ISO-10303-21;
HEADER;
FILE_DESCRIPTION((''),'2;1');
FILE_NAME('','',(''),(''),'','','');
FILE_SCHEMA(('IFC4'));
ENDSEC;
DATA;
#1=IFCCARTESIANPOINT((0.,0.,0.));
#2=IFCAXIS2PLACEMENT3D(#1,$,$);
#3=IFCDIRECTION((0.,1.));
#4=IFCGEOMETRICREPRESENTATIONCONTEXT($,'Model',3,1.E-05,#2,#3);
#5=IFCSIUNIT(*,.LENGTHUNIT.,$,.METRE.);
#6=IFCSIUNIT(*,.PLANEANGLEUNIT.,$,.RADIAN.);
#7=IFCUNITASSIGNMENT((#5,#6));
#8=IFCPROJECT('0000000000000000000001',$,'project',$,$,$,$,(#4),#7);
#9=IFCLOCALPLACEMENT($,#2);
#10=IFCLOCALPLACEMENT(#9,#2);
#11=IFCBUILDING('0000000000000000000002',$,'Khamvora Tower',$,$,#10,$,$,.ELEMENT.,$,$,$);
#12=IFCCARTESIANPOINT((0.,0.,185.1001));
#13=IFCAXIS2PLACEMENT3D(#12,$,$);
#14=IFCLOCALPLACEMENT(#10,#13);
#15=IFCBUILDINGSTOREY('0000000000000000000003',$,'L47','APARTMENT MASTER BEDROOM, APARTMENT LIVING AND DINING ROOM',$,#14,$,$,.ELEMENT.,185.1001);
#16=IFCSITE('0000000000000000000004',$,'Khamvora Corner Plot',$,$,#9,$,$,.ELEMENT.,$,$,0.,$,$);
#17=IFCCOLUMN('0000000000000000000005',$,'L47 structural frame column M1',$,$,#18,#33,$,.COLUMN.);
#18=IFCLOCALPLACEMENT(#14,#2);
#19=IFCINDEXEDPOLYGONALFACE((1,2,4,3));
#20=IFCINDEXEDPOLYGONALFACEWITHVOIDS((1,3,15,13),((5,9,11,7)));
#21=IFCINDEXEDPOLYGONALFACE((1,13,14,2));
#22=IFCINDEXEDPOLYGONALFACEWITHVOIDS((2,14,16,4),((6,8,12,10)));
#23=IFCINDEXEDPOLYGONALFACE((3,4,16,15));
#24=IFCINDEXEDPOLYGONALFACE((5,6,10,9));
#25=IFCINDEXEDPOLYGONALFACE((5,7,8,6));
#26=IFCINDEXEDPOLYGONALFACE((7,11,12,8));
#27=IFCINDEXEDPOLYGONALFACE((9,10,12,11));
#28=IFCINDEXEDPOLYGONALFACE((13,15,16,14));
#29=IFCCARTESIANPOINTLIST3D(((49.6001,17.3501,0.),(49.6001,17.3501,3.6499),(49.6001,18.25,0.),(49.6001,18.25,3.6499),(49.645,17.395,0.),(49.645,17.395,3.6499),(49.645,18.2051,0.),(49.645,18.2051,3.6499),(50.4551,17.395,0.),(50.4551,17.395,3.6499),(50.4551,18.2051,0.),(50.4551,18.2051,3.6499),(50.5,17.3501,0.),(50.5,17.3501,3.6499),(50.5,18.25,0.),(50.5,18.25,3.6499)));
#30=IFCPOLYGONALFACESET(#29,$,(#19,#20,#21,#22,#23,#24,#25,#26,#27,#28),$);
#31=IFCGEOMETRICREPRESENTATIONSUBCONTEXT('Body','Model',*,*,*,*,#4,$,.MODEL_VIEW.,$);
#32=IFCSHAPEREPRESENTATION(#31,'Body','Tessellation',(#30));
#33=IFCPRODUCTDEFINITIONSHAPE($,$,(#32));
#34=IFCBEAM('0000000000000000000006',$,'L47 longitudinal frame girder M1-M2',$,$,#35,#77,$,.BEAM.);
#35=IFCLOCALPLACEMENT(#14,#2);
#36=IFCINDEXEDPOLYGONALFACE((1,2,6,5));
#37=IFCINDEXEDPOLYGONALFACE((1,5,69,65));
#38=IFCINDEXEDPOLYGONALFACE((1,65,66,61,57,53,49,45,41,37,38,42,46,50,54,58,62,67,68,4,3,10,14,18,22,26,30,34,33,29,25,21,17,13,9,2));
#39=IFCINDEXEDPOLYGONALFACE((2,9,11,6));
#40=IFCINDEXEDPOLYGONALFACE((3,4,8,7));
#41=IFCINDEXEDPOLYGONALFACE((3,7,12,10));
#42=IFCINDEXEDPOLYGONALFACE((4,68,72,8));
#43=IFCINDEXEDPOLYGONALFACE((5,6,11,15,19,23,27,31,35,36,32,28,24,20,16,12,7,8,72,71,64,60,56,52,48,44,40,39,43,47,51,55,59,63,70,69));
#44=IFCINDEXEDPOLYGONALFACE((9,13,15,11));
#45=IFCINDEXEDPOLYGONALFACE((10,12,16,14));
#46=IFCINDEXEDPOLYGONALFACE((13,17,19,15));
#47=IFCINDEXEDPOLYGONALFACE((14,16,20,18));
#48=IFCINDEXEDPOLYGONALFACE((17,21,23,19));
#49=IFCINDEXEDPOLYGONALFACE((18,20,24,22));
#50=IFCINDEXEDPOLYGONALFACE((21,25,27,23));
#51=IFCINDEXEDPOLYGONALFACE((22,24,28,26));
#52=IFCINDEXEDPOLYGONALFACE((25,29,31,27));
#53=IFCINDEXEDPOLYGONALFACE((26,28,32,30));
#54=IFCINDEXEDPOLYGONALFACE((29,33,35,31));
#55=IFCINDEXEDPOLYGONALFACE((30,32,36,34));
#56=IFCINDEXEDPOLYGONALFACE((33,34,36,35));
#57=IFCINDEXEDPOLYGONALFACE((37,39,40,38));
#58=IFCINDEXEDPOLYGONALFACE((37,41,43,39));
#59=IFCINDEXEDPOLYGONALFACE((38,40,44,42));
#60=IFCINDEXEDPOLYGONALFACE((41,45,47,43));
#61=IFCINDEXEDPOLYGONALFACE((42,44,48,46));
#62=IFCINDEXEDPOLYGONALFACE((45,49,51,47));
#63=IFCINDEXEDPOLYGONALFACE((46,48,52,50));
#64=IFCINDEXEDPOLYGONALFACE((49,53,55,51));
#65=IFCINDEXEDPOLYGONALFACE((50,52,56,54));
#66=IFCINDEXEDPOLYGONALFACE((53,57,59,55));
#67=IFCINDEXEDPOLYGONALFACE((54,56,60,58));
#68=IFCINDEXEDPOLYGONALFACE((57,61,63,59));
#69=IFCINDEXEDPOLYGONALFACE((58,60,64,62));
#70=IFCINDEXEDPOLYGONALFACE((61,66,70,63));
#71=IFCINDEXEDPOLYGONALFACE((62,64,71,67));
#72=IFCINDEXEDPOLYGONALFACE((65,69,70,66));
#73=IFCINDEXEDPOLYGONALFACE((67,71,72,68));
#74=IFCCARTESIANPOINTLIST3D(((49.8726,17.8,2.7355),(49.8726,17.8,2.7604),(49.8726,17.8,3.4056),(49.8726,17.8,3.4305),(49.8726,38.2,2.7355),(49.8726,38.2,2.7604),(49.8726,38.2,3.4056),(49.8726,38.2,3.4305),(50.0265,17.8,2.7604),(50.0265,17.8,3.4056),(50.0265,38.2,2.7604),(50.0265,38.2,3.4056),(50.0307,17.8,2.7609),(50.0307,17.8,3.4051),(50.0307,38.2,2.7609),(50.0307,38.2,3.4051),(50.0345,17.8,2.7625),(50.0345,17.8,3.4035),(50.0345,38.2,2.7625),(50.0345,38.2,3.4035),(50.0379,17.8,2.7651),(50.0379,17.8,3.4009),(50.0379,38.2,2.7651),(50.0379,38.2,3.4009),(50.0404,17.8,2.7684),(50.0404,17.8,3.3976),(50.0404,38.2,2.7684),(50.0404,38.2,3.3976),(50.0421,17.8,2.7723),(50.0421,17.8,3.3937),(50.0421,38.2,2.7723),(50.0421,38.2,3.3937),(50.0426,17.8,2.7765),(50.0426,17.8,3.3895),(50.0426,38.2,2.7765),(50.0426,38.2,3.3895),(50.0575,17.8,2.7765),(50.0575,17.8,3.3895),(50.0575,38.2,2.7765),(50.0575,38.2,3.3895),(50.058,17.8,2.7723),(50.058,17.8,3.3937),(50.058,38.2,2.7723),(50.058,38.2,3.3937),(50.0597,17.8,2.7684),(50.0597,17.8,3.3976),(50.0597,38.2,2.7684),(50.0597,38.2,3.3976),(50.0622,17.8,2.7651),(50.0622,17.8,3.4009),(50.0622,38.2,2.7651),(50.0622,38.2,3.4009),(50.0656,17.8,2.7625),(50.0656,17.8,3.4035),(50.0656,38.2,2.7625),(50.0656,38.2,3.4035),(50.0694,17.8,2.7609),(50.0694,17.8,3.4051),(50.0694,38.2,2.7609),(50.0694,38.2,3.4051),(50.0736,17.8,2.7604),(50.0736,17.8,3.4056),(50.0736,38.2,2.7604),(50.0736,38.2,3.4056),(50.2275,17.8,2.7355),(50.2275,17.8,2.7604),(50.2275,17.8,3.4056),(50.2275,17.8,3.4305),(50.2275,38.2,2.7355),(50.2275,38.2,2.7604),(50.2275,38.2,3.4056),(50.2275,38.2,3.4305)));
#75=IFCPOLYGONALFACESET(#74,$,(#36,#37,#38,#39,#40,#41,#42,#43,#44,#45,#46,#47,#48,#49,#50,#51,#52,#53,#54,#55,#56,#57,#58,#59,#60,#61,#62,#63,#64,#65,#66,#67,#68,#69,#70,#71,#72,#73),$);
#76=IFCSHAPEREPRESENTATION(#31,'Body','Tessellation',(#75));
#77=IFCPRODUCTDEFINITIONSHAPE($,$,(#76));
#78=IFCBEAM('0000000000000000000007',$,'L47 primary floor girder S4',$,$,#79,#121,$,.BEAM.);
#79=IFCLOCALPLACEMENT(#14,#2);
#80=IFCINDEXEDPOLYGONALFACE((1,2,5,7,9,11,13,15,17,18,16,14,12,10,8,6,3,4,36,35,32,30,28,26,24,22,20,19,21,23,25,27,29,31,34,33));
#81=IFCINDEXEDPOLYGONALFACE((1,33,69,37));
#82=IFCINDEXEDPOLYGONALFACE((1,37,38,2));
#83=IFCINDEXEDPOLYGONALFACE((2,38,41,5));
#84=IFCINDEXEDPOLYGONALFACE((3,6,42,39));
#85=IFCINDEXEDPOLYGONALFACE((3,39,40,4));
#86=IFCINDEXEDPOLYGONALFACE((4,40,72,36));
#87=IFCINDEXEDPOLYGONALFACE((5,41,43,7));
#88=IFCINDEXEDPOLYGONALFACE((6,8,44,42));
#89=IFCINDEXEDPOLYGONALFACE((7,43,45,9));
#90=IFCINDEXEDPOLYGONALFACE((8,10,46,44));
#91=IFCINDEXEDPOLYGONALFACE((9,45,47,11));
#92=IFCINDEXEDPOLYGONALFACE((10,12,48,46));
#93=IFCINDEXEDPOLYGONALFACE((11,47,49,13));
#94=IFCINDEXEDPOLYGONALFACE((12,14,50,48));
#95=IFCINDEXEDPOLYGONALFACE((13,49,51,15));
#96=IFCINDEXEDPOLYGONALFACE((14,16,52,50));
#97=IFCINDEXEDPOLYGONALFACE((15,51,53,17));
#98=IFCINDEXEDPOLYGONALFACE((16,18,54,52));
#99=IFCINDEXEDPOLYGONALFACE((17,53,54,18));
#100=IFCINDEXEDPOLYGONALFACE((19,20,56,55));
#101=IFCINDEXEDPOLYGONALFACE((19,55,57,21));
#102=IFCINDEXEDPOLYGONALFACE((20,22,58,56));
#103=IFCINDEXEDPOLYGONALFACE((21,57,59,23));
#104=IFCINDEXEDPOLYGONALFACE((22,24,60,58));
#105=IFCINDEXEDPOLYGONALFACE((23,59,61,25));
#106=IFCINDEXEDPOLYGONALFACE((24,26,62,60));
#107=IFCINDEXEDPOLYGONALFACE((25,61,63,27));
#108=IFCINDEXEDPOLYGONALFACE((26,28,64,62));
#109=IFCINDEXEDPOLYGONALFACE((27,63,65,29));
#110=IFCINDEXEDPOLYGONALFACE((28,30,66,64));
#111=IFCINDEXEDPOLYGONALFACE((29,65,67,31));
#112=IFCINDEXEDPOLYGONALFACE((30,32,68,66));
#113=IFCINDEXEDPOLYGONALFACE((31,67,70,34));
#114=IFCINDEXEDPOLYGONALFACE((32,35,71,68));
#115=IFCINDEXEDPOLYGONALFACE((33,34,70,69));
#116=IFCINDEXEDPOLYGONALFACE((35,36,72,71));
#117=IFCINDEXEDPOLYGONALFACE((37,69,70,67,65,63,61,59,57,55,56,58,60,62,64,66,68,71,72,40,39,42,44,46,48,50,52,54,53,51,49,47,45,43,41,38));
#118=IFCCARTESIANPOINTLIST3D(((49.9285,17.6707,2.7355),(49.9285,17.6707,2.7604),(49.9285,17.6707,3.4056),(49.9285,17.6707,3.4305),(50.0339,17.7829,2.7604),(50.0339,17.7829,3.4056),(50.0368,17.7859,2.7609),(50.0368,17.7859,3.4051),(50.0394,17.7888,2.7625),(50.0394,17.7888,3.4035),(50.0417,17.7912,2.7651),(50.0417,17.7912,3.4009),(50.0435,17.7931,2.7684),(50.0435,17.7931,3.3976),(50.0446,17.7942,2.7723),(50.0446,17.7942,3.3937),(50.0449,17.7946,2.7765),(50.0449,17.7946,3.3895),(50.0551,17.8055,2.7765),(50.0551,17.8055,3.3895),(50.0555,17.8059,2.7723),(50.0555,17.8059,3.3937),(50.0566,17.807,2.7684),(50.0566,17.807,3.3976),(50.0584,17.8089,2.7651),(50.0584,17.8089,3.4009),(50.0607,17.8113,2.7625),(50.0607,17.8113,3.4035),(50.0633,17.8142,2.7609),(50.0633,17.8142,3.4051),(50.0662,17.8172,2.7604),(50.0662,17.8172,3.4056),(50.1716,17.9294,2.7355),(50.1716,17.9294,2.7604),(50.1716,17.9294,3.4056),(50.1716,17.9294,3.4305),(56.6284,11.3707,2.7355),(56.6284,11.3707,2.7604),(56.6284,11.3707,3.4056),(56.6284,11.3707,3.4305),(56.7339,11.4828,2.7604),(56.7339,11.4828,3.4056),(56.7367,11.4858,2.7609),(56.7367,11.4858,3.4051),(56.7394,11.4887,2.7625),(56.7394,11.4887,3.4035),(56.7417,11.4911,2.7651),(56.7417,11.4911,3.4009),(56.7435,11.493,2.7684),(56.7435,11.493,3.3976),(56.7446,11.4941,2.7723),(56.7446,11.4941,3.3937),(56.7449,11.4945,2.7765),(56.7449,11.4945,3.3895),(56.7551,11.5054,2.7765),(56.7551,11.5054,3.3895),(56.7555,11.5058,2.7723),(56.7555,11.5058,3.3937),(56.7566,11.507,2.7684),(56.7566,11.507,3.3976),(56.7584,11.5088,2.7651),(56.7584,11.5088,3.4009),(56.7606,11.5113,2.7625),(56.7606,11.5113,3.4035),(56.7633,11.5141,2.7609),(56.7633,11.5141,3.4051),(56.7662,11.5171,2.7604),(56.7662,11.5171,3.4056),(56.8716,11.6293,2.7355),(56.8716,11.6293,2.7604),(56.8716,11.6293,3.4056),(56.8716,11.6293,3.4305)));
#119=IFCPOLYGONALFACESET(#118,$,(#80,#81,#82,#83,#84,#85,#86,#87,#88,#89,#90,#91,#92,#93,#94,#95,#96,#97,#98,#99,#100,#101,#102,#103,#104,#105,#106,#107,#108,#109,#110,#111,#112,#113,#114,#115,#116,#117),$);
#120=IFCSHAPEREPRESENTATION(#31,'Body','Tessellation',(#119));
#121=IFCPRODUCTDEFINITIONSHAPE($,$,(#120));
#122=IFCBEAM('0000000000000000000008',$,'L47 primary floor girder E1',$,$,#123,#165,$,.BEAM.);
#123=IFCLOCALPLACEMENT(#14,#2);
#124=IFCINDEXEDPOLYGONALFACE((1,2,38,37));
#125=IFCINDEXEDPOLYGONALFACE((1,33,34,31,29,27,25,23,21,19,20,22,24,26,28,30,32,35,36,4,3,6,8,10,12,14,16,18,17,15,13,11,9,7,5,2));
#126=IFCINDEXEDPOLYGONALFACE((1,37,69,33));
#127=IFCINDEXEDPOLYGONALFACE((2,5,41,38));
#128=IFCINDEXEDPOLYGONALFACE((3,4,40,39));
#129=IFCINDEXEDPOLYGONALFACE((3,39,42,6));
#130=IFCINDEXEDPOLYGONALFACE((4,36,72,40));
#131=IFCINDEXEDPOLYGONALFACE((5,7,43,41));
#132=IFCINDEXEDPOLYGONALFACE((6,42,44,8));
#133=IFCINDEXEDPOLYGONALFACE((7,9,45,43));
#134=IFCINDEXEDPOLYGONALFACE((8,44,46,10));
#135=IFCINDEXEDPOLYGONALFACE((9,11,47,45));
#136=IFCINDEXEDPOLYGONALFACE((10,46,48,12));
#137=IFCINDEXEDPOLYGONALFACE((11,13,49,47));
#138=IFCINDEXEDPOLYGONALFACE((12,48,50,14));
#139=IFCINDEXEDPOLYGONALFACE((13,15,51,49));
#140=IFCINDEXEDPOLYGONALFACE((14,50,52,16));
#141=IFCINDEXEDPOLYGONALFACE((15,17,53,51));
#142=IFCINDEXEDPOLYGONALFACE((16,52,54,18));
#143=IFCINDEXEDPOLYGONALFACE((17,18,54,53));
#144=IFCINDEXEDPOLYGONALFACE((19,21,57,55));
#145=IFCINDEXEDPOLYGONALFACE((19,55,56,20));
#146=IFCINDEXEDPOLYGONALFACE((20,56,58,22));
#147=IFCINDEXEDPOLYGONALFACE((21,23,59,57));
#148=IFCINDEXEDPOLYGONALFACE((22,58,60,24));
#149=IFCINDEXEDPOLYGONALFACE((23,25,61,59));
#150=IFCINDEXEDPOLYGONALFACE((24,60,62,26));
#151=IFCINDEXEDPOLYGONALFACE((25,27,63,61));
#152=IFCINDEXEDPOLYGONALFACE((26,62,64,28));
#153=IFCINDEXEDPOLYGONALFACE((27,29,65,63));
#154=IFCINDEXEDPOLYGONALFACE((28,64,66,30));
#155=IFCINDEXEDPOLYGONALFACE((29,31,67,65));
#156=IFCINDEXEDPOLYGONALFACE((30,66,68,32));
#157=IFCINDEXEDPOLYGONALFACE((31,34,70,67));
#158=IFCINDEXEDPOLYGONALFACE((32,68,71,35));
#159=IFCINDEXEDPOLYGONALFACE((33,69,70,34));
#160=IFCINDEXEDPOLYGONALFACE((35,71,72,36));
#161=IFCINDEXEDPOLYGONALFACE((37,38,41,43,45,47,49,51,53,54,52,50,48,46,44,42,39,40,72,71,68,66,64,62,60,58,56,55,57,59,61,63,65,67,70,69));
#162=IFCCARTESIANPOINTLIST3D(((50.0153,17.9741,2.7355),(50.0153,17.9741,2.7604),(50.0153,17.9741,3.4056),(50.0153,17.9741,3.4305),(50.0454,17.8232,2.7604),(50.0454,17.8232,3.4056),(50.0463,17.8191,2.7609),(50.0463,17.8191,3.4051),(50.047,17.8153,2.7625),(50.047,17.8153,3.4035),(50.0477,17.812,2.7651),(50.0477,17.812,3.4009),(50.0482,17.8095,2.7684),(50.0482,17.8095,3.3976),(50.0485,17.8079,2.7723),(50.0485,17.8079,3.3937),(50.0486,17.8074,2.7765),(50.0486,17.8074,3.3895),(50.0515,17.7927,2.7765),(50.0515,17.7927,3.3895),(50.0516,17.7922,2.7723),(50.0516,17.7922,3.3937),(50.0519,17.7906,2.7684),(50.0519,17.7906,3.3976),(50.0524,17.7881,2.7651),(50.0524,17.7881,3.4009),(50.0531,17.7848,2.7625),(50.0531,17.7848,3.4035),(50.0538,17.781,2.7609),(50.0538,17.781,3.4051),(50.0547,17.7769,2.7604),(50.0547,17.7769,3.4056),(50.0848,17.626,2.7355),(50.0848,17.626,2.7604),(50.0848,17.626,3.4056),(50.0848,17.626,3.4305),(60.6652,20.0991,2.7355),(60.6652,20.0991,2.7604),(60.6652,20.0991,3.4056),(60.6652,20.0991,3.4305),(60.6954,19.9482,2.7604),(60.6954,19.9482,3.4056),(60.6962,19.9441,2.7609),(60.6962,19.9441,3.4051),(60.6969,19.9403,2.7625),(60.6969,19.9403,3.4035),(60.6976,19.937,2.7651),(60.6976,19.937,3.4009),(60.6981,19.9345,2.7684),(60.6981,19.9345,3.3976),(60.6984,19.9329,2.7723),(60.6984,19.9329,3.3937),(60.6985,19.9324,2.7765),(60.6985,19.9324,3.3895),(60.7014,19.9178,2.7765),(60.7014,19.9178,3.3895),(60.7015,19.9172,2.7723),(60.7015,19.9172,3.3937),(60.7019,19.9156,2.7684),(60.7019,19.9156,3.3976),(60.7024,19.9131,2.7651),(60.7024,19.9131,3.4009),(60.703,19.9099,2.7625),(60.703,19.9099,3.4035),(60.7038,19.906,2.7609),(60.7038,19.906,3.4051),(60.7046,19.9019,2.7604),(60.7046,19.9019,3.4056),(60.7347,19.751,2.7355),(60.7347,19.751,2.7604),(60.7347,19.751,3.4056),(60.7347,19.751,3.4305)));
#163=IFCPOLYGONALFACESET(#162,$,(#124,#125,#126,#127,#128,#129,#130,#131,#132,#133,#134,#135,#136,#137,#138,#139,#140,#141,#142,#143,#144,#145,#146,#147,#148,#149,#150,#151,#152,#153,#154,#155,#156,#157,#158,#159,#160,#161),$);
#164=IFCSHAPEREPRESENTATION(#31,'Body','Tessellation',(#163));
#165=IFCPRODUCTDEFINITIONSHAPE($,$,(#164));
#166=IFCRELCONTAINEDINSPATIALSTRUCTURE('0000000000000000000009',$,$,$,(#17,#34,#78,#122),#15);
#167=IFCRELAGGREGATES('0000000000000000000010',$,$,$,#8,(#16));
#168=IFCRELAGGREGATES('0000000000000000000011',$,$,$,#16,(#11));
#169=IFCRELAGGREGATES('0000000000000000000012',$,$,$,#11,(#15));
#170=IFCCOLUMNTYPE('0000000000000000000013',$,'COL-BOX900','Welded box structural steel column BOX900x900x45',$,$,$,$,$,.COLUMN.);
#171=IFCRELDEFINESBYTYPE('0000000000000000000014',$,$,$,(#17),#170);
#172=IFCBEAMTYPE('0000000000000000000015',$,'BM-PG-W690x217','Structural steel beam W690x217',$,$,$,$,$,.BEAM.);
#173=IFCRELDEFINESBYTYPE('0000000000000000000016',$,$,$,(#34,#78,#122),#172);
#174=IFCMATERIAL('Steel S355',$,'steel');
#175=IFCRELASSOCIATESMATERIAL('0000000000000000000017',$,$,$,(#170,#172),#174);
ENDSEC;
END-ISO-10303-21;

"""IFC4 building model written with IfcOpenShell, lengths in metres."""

from ifc_helpers import new_model, si_unit, direction, frame, origin, origin_2d, place, context, subcontext, project, spatial, hollow_rectangle, i_section, extrude, material, material_profile, profile_set, type_object, element, save


model = new_model("IFC4")

# Units and contexts
model_context = context("Model", 3, precision=1e-05, world=origin(), true_north=direction((0.0, 1.0)))
body_context = subcontext(model_context, "Body", "Model", "MODEL_VIEW")
ifc_project = project(units=[si_unit("LENGTHUNIT", "METRE"), si_unit("PLANEANGLEUNIT", "RADIAN")], contexts=[model_context])

# Site, building, storey
site_placement = place(None, origin())
site = spatial("IfcSite", under=ifc_project, at=site_placement, Name="Khamvora Corner Plot", CompositionType="ELEMENT", RefElevation=0.0)
building_placement = place(site_placement, origin())
building = spatial("IfcBuilding", under=site, at=building_placement, Name="Khamvora Tower", CompositionType="ELEMENT")
storey_placement = place(building_placement, frame((0.0, 0.0, 185.1001)))
storey = spatial("IfcBuildingStorey", under=building, at=storey_placement, Name="L47", Description="APARTMENT MASTER BEDROOM, APARTMENT LIVING AND DINING ROOM", CompositionType="ELEMENT", Elevation=185.1001)

# Column
ifc_material_1 = material(Name="Steel S355", Category="steel")
ifc_material_profile_1 = material_profile(ifc_material_1, hollow_rectangle(XDim=0.8999, YDim=0.8999, WallThickness=0.0449, at=origin_2d()), Name="BOX900x900x45")
ifc_profile_set_1 = profile_set([ifc_material_profile_1], Name="Steel S355")
column_type = type_object("IfcColumnType", Name="COL-BOX900", Description="Welded box structural steel column BOX900x900x45", PredefinedType="COLUMN", material=ifc_profile_set_1)
column_placement = place(storey_placement, frame((50.05, 17.8, 0.0), z_axis=(0.0, 0.0, 1.0), x_axis=(1.0, 0.0, 0.0)))
element("IfcColumn", 1, at=column_placement, inside=storey, type_object=column_type, Name="L47 structural frame column M1", PredefinedType="COLUMN", context=body_context, shape_type="SweptSolid", body=[
    extrude(hollow_rectangle(XDim=0.8999, YDim=0.8999, WallThickness=0.0449, at=origin_2d()), origin(), (0.0, 0.0, 1.0), 3.6499),
])

# Beams
ifc_material_profile_2 = material_profile(ifc_material_1, i_section(OverallWidth=0.355, OverallDepth=0.6951, WebThickness=0.0149, FlangeThickness=0.0249, FilletRadius=0.0161, at=origin_2d()), Name="W690x217")
ifc_profile_set_2 = profile_set([ifc_material_profile_2], Name="Steel S355")
beam_type = type_object("IfcBeamType", Name="BM-PG-W690x217", Description="Structural steel beam W690x217", PredefinedType="BEAM", material=ifc_profile_set_2)
beam_1_placement = place(storey_placement, frame((50.05, 17.8, 3.083), z_axis=(0.0, 1.0, 0.0), x_axis=(-1.0, 0.0, 0.0)))
element("IfcBeam", 2, at=beam_1_placement, inside=storey, type_object=beam_type, Name="L47 longitudinal frame girder M1-M2", PredefinedType="BEAM", context=body_context, shape_type="SweptSolid", body=[
    extrude(i_section(OverallWidth=0.355, OverallDepth=0.6951, WebThickness=0.0149, FlangeThickness=0.0249, FilletRadius=0.0161, at=origin_2d()), origin(), (0.0, 0.0, 1.0), 20.3999),
])
beam_2_placement = place(storey_placement, frame((50.05, 17.8, 3.083), z_axis=(0.728514, -0.685031, 0.0), x_axis=(0.685031, 0.728514, 0.0)))
element("IfcBeam", 3, at=beam_2_placement, inside=storey, type_object=beam_type, Name="L47 primary floor girder S4", PredefinedType="BEAM", context=body_context, shape_type="SweptSolid", body=[
    extrude(i_section(OverallWidth=0.355, OverallDepth=0.6951, WebThickness=0.0149, FlangeThickness=0.0249, FilletRadius=0.0161, at=origin_2d()), origin(), (0.0, 0.0, 1.0), 9.1968),
])
beam_3_placement = place(storey_placement, frame((50.05, 17.8, 3.083), z_axis=(0.980669, 0.195675, 0.0), x_axis=(-0.195675, 0.980669, 0.0)))
element("IfcBeam", 4, at=beam_3_placement, inside=storey, type_object=beam_type, Name="L47 primary floor girder E1", PredefinedType="BEAM", context=body_context, shape_type="SweptSolid", body=[
    extrude(i_section(OverallWidth=0.355, OverallDepth=0.6951, WebThickness=0.0149, FlangeThickness=0.0249, FilletRadius=0.0161, at=origin_2d()), origin(), (0.0, 0.0, 1.0), 10.8599),
])

save(model, "model.ifc")
